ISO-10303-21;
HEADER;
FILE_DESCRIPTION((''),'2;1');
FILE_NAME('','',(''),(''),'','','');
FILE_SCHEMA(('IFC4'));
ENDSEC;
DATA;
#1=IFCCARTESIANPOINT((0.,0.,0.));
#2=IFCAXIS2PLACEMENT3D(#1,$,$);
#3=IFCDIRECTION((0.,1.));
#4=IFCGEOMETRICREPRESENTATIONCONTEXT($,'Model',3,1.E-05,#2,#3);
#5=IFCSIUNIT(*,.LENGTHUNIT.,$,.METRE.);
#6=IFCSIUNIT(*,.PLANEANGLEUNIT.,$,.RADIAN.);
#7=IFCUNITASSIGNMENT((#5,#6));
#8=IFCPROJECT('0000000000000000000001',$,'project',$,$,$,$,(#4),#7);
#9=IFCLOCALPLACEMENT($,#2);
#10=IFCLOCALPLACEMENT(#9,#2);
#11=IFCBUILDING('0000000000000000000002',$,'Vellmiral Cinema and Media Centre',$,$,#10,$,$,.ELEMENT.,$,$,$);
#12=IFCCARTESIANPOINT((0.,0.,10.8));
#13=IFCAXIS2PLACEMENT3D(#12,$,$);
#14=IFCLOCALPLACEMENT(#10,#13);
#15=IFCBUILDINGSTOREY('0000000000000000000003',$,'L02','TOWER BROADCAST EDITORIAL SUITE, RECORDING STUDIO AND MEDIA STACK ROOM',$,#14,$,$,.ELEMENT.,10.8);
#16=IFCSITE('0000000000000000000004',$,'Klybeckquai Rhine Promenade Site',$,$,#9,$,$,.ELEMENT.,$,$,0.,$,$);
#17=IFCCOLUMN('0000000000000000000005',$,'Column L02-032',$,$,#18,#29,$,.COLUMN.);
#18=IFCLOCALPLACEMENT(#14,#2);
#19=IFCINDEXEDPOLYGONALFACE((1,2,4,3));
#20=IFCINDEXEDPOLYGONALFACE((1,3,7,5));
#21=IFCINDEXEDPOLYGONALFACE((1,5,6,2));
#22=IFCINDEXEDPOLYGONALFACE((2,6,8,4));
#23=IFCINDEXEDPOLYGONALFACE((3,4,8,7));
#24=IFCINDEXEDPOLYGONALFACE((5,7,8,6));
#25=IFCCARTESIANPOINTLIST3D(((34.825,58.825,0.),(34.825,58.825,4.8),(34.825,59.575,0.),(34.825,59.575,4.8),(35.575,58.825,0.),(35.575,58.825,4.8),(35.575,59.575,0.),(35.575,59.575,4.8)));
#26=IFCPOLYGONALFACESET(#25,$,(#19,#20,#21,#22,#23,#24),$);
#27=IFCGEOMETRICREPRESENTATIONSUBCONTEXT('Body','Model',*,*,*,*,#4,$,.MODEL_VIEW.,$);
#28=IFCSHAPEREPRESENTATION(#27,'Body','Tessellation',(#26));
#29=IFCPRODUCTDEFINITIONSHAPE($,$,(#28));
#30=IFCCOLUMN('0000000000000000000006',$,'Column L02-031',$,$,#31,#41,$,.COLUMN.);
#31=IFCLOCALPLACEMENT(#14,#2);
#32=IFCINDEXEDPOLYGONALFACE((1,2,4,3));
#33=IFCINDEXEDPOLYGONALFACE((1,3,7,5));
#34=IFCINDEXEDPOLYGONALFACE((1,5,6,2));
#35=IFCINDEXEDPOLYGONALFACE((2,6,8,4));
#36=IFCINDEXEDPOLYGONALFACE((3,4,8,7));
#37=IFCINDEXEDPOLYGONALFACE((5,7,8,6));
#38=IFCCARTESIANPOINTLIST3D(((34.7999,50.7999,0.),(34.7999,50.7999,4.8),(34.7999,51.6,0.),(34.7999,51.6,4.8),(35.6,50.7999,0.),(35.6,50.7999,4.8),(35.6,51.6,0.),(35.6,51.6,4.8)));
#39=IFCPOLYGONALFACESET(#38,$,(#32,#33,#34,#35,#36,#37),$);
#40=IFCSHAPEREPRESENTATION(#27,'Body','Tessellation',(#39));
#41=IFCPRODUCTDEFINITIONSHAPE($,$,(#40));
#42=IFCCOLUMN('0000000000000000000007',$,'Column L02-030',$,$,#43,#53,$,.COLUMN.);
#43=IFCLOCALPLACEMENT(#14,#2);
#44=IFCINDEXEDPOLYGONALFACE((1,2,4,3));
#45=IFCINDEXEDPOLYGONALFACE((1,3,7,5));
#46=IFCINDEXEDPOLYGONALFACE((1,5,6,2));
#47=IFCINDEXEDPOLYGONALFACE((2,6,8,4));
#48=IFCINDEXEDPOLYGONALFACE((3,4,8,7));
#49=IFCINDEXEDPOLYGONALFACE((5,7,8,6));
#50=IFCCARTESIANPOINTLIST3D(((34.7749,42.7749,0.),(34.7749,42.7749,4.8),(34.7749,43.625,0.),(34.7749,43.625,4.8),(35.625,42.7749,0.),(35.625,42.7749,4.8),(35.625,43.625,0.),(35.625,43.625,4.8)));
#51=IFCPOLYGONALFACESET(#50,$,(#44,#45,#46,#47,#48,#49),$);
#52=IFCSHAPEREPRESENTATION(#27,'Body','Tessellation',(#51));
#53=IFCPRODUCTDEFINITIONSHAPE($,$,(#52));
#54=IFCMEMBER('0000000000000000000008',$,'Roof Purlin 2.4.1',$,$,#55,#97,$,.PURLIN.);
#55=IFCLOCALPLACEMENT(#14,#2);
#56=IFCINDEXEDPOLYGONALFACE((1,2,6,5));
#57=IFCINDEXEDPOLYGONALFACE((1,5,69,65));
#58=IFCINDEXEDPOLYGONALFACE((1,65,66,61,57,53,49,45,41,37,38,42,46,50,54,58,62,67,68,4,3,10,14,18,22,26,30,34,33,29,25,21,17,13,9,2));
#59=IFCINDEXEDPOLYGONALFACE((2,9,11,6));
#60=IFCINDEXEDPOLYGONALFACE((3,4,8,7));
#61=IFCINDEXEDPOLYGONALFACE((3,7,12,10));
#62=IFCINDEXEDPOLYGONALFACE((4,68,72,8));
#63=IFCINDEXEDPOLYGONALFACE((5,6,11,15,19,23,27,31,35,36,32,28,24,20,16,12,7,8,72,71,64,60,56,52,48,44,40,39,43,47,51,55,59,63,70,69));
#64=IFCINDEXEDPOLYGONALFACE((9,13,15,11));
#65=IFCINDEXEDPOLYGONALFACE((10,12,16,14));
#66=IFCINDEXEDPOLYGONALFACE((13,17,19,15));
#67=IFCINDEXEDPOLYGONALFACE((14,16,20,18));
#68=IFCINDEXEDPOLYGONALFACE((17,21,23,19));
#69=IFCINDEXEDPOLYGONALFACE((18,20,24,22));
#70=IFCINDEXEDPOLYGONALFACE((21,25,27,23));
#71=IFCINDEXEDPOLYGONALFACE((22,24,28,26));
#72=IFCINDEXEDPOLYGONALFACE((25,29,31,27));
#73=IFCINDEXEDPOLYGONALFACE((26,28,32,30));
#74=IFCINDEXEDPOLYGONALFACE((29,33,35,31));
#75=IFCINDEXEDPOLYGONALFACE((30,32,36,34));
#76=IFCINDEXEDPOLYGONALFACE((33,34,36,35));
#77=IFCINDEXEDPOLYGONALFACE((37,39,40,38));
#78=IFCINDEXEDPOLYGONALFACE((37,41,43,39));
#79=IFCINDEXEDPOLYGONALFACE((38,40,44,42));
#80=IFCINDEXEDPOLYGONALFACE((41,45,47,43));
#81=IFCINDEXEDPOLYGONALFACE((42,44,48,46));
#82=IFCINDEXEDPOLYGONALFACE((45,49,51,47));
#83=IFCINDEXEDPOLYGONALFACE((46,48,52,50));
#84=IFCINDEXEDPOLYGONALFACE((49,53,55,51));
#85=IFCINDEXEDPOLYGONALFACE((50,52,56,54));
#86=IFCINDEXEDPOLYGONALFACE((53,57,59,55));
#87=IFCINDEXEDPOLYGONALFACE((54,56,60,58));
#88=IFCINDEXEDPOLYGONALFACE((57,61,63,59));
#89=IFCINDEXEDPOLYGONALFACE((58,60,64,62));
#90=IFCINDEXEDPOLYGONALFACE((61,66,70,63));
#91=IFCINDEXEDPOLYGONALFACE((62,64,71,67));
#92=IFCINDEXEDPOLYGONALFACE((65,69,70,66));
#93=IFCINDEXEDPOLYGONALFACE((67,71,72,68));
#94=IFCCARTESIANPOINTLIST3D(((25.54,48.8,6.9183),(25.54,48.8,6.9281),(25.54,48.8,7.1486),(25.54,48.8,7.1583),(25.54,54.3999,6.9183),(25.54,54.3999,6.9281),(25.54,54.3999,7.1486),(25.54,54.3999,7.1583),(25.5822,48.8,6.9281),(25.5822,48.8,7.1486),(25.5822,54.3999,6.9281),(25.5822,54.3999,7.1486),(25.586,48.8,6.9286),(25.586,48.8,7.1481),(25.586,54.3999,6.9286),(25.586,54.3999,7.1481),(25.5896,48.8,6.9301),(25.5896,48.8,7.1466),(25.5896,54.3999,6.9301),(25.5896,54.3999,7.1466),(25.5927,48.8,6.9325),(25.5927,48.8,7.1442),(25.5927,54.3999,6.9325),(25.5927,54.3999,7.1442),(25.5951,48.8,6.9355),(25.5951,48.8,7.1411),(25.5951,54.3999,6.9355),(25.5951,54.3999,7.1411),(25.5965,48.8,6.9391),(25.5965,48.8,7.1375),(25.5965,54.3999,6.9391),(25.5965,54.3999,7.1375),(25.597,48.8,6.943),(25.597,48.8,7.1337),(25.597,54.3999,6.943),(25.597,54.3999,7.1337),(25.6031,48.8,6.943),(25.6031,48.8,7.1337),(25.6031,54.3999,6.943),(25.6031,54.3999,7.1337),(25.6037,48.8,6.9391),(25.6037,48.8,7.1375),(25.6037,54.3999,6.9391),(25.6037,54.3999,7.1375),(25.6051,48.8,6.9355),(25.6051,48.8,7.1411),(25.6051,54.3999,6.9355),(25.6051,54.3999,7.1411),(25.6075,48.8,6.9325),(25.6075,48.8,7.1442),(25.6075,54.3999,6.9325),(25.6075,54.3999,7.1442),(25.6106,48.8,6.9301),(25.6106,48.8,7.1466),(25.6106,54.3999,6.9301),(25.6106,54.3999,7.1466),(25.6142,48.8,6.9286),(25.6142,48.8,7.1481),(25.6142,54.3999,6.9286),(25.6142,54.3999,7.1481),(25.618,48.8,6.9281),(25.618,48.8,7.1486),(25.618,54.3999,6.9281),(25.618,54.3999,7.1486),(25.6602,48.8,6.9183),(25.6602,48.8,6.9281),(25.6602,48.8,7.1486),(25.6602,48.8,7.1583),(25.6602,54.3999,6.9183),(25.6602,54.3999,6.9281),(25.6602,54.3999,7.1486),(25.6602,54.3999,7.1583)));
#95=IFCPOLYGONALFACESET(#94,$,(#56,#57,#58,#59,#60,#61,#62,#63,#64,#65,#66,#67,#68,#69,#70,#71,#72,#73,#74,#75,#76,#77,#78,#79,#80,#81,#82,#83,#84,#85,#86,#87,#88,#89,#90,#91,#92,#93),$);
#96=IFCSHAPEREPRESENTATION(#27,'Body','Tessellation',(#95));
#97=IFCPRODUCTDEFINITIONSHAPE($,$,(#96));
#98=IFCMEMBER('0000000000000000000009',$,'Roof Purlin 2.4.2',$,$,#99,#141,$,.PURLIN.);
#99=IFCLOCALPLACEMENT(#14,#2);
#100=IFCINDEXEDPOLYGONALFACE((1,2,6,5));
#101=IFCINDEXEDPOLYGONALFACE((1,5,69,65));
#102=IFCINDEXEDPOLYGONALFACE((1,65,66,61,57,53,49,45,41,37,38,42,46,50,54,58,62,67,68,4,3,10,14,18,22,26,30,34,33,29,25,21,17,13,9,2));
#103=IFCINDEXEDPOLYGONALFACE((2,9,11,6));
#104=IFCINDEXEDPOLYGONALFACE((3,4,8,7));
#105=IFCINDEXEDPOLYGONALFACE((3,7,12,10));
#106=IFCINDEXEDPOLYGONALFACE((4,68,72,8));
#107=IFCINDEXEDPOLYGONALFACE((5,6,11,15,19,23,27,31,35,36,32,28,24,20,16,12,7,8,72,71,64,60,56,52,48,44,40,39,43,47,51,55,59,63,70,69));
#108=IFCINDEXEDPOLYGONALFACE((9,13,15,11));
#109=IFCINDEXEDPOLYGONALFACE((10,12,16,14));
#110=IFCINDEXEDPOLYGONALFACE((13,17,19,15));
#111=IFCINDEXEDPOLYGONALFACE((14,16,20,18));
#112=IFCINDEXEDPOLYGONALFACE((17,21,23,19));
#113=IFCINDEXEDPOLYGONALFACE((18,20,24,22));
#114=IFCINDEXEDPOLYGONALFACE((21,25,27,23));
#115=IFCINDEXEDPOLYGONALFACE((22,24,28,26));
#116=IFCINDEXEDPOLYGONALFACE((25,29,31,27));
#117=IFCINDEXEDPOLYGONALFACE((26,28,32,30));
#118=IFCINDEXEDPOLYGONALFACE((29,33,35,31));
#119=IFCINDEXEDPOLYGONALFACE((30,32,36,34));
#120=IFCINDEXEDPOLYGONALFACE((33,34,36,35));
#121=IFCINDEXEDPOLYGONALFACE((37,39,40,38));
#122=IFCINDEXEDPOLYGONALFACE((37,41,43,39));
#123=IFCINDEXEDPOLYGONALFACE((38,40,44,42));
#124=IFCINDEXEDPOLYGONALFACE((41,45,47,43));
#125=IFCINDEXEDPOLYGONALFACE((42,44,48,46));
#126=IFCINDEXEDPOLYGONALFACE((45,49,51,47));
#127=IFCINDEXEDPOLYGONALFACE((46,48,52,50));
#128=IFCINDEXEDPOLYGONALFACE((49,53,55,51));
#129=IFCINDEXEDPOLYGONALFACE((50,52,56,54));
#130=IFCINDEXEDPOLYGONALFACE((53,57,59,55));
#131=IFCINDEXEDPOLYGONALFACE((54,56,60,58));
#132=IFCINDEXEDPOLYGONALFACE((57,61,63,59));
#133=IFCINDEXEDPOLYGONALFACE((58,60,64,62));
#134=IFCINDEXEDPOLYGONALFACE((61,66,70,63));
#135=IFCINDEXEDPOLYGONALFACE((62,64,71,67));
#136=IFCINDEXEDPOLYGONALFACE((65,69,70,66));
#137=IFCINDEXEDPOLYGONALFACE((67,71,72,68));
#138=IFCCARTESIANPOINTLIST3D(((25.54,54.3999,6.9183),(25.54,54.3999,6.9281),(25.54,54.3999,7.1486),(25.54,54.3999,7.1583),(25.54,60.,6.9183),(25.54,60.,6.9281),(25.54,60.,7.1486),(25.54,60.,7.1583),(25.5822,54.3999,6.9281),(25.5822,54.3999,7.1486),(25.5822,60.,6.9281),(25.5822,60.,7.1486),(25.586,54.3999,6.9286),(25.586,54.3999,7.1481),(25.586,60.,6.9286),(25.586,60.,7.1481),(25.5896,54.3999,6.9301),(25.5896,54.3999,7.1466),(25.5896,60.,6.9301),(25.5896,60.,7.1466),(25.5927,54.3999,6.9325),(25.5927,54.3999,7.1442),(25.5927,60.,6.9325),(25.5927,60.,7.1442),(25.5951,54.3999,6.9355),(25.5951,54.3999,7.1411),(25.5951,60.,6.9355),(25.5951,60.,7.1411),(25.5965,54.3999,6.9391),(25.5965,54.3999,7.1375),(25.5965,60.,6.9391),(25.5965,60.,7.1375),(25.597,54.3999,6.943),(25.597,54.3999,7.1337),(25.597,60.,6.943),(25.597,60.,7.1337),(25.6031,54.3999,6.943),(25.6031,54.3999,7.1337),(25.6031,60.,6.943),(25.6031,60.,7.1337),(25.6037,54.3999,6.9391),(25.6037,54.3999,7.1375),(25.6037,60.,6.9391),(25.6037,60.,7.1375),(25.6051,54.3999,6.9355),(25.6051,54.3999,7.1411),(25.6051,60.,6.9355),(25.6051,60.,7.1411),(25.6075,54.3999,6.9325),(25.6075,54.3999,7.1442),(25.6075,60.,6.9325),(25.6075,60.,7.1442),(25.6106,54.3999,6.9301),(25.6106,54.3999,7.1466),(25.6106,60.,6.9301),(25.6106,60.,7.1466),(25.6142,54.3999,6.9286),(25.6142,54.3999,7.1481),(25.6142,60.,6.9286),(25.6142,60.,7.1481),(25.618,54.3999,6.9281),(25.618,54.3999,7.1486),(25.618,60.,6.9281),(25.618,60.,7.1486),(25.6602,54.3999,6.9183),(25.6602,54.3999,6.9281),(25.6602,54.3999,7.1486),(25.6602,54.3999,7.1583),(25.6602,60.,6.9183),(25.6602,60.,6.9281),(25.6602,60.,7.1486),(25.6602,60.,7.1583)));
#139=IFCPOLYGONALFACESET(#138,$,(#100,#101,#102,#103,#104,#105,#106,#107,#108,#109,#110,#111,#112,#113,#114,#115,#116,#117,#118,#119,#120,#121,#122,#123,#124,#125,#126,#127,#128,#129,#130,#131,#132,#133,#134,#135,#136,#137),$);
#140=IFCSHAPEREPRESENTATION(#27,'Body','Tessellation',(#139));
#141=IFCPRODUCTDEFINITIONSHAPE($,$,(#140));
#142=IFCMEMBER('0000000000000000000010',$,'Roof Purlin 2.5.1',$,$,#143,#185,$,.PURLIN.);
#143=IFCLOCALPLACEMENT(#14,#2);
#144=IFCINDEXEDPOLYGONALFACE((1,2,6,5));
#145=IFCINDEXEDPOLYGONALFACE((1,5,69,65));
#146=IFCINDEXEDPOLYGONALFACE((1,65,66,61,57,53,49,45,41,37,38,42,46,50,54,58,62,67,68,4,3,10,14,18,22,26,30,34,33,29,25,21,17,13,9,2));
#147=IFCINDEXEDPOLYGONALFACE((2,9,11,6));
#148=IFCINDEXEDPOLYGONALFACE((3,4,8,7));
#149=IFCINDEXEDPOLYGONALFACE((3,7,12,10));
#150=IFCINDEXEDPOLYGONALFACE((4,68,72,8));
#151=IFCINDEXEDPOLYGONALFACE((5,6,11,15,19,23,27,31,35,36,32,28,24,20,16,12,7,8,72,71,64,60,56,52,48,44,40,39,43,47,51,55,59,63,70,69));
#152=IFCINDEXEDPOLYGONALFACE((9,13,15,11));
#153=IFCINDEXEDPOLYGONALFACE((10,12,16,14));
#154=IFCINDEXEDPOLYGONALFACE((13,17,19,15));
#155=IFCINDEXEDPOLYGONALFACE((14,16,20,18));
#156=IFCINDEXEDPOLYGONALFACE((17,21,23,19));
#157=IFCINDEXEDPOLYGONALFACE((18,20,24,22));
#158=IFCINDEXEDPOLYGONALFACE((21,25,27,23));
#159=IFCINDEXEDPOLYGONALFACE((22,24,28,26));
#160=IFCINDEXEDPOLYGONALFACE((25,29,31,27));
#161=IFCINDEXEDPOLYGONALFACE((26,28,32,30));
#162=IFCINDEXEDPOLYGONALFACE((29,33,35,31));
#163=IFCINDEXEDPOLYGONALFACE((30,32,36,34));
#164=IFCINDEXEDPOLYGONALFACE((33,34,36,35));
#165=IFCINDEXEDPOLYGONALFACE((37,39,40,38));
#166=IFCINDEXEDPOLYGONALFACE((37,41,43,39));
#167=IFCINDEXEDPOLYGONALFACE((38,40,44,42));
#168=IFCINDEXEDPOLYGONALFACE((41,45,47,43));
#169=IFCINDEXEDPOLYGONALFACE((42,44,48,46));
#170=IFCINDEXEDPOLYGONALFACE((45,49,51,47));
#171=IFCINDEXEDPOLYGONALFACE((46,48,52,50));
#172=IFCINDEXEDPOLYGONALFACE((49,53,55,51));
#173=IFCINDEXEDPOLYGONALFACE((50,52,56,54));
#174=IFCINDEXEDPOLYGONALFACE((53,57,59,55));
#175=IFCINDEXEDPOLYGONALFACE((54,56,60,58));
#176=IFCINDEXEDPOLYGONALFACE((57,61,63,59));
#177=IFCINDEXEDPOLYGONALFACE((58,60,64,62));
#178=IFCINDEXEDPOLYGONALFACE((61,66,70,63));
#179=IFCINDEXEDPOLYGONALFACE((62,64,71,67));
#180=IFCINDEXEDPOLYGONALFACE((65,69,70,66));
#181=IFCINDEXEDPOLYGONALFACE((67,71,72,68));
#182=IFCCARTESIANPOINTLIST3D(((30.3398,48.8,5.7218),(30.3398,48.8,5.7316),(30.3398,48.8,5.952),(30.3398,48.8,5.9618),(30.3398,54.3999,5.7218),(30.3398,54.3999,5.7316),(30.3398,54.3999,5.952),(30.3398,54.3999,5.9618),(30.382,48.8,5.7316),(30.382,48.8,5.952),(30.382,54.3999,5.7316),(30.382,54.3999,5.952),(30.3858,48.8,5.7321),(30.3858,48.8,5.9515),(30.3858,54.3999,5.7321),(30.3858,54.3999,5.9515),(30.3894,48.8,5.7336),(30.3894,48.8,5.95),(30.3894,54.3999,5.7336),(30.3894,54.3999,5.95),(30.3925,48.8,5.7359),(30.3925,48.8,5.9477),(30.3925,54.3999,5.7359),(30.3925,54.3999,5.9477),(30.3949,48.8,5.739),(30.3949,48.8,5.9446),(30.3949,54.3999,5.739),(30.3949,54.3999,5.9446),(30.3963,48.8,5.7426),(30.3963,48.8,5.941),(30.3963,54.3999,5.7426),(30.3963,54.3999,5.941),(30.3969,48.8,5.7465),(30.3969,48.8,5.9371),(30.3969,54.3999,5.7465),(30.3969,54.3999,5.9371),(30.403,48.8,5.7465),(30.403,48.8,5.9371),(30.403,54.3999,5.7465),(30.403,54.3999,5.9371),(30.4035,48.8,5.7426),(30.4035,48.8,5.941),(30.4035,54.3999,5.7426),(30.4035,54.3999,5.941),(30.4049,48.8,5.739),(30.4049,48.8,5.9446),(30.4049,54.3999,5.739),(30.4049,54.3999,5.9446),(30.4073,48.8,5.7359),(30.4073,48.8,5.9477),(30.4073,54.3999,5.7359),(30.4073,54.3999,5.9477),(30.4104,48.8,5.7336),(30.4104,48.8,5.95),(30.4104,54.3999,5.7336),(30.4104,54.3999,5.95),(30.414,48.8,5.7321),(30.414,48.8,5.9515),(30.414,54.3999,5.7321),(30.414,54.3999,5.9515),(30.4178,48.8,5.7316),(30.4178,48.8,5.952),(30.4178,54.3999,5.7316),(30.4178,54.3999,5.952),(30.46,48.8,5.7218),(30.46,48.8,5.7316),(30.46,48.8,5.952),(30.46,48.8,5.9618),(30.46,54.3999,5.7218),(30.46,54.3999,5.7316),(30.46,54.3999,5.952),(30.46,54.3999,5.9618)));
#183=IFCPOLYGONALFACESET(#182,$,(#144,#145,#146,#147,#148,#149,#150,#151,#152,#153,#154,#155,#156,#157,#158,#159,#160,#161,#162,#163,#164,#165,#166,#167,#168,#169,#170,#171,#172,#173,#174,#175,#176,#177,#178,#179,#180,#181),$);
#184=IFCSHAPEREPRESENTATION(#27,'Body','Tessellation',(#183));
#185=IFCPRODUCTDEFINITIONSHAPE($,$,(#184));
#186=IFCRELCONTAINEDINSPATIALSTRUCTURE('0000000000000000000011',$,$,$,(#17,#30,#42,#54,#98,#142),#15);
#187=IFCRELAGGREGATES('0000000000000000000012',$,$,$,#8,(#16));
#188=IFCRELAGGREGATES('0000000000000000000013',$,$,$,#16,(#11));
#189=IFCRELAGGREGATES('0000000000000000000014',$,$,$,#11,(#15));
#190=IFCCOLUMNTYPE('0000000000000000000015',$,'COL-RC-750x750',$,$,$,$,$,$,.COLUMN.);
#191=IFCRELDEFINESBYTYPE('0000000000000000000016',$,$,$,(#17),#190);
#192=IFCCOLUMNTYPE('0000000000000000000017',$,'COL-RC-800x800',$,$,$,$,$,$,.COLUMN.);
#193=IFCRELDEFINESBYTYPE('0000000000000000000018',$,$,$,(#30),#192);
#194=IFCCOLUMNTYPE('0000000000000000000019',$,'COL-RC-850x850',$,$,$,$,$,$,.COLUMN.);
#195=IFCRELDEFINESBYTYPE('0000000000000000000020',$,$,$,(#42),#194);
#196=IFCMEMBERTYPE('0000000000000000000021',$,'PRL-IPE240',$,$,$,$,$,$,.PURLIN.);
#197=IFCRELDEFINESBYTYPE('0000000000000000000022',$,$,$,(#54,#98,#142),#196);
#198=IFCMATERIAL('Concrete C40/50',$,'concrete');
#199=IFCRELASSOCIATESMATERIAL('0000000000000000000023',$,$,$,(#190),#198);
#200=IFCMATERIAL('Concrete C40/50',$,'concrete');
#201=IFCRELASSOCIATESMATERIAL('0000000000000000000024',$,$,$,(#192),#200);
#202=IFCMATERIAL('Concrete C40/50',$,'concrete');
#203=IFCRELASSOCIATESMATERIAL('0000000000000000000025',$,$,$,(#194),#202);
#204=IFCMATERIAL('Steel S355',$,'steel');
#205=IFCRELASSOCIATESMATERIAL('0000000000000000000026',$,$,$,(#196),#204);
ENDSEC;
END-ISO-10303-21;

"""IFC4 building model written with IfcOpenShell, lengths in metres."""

from ifc_helpers import new_model, si_unit, direction, frame, origin, origin_2d, place, context, subcontext, project, spatial, rectangle, i_section, extrude, material, material_profile, profile_set, type_object, element, save


model = new_model("IFC4")

# Units and contexts
model_context = context("Model", 3, precision=1e-05, world=origin(), true_north=direction((0.0, 1.0)))
body_context = subcontext(model_context, "Body", "Model", "MODEL_VIEW")
ifc_project = project(units=[si_unit("LENGTHUNIT", "METRE"), si_unit("PLANEANGLEUNIT", "RADIAN")], contexts=[model_context])

# Site, building, storey
site_placement = place(None, origin())
site = spatial("IfcSite", under=ifc_project, at=site_placement, Name="Klybeckquai Rhine Promenade Site", CompositionType="ELEMENT", RefElevation=0.0)
building_placement = place(site_placement, origin())
building = spatial("IfcBuilding", under=site, at=building_placement, Name="Vellmiral Cinema and Media Centre", CompositionType="ELEMENT")
storey_placement = place(building_placement, frame((0.0, 0.0, 10.8)))
storey = spatial("IfcBuildingStorey", under=building, at=storey_placement, Name="L02", Description="TOWER BROADCAST EDITORIAL SUITE, RECORDING STUDIO AND MEDIA STACK ROOM", CompositionType="ELEMENT", Elevation=10.8)

# Columns
ifc_material_1 = material(Name="Concrete C40/50", Category="concrete")
ifc_material_profile_1 = material_profile(ifc_material_1, rectangle(XDim=0.75, YDim=0.75, at=origin_2d()), Name="RC 750x750")
ifc_profile_set_1 = profile_set([ifc_material_profile_1], Name="Concrete C40/50")
column_type_1 = type_object("IfcColumnType", Name="COL-RC-750x750", PredefinedType="COLUMN", material=ifc_profile_set_1)
column_1_placement = place(storey_placement, frame((35.2, 59.2, 0.0), z_axis=(0.0, 0.0, 1.0), x_axis=(1.0, 0.0, 0.0)))
element("IfcColumn", 1, at=column_1_placement, inside=storey, type_object=column_type_1, Name="Column L02-032", PredefinedType="COLUMN", context=body_context, shape_type="SweptSolid", body=[
    extrude(rectangle(XDim=0.75, YDim=0.75, at=origin_2d()), origin(), (0.0, 0.0, 1.0), 4.8),
])
ifc_material_2 = material(Name="Concrete C40/50", Category="concrete")
ifc_material_profile_2 = material_profile(ifc_material_2, rectangle(XDim=0.8, YDim=0.8, at=origin_2d()), Name="RC 800x800")
ifc_profile_set_2 = profile_set([ifc_material_profile_2], Name="Concrete C40/50")
column_type_2 = type_object("IfcColumnType", Name="COL-RC-800x800", PredefinedType="COLUMN", material=ifc_profile_set_2)
column_2_placement = place(storey_placement, frame((35.2, 51.2, 0.0), z_axis=(0.0, 0.0, 1.0), x_axis=(1.0, 0.0, 0.0)))
element("IfcColumn", 2, at=column_2_placement, inside=storey, type_object=column_type_2, Name="Column L02-031", PredefinedType="COLUMN", context=body_context, shape_type="SweptSolid", body=[
    extrude(rectangle(XDim=0.8, YDim=0.8, at=origin_2d()), origin(), (0.0, 0.0, 1.0), 4.8),
])
ifc_material_3 = material(Name="Concrete C40/50", Category="concrete")
ifc_material_profile_3 = material_profile(ifc_material_3, rectangle(XDim=0.8501, YDim=0.8501, at=origin_2d()), Name="RC 850x850")
ifc_profile_set_3 = profile_set([ifc_material_profile_3], Name="Concrete C40/50")
column_type_3 = type_object("IfcColumnType", Name="COL-RC-850x850", PredefinedType="COLUMN", material=ifc_profile_set_3)
column_3_placement = place(storey_placement, frame((35.2, 43.2, 0.0), z_axis=(0.0, 0.0, 1.0), x_axis=(1.0, 0.0, 0.0)))
element("IfcColumn", 3, at=column_3_placement, inside=storey, type_object=column_type_3, Name="Column L02-030", PredefinedType="COLUMN", context=body_context, shape_type="SweptSolid", body=[
    extrude(rectangle(XDim=0.8501, YDim=0.8501, at=origin_2d()), origin(), (0.0, 0.0, 1.0), 4.8),
])

# Members
ifc_material_4 = material(Name="Steel S355", Category="steel")
ifc_material_profile_4 = material_profile(ifc_material_4, i_section(OverallWidth=0.1201, OverallDepth=0.24, WebThickness=0.0061, FlangeThickness=0.0098, FilletRadius=0.0149, at=origin_2d()), Name="IPE 240")
ifc_profile_set_4 = profile_set([ifc_material_profile_4], Name="Steel S355")
member_type_1 = type_object("IfcMemberType", Name="PRL-IPE240", PredefinedType="PURLIN", material=ifc_profile_set_4)
member_1_placement = place(storey_placement, frame((25.6001, 48.8, 7.0383), z_axis=(0.0, 1.0, 0.0), x_axis=(-1.0, 0.0, 0.0)))
element("IfcMember", 4, at=member_1_placement, inside=storey, type_object=member_type_1, Name="Roof Purlin 2.4.1", PredefinedType="PURLIN", context=body_context, shape_type="SweptSolid", body=[
    extrude(i_section(OverallWidth=0.1201, OverallDepth=0.24, WebThickness=0.0061, FlangeThickness=0.0098, FilletRadius=0.0149, at=origin_2d()), origin(), (0.0, 0.0, 1.0), 5.5999),
])
member_2_placement = place(storey_placement, frame((25.6001, 54.3999, 7.0383), z_axis=(0.0, 1.0, 0.0), x_axis=(-1.0, 0.0, 0.0)))
element("IfcMember", 5, at=member_2_placement, inside=storey, type_object=member_type_1, Name="Roof Purlin 2.4.2", PredefinedType="PURLIN", context=body_context, shape_type="SweptSolid", body=[
    extrude(i_section(OverallWidth=0.1201, OverallDepth=0.24, WebThickness=0.0061, FlangeThickness=0.0098, FilletRadius=0.0149, at=origin_2d()), origin(), (0.0, 0.0, 1.0), 5.6001),
])
member_3_placement = place(storey_placement, frame((30.3999, 48.8, 5.8418), z_axis=(0.0, 1.0, 0.0), x_axis=(-1.0, 0.0, 0.0)))
element("IfcMember", 6, at=member_3_placement, inside=storey, type_object=member_type_1, Name="Roof Purlin 2.5.1", PredefinedType="PURLIN", context=body_context, shape_type="SweptSolid", body=[
    extrude(i_section(OverallWidth=0.1201, OverallDepth=0.24, WebThickness=0.0061, FlangeThickness=0.0098, FilletRadius=0.0149, at=origin_2d()), origin(), (0.0, 0.0, 1.0), 5.5999),
])

save(model, "model.ifc")
